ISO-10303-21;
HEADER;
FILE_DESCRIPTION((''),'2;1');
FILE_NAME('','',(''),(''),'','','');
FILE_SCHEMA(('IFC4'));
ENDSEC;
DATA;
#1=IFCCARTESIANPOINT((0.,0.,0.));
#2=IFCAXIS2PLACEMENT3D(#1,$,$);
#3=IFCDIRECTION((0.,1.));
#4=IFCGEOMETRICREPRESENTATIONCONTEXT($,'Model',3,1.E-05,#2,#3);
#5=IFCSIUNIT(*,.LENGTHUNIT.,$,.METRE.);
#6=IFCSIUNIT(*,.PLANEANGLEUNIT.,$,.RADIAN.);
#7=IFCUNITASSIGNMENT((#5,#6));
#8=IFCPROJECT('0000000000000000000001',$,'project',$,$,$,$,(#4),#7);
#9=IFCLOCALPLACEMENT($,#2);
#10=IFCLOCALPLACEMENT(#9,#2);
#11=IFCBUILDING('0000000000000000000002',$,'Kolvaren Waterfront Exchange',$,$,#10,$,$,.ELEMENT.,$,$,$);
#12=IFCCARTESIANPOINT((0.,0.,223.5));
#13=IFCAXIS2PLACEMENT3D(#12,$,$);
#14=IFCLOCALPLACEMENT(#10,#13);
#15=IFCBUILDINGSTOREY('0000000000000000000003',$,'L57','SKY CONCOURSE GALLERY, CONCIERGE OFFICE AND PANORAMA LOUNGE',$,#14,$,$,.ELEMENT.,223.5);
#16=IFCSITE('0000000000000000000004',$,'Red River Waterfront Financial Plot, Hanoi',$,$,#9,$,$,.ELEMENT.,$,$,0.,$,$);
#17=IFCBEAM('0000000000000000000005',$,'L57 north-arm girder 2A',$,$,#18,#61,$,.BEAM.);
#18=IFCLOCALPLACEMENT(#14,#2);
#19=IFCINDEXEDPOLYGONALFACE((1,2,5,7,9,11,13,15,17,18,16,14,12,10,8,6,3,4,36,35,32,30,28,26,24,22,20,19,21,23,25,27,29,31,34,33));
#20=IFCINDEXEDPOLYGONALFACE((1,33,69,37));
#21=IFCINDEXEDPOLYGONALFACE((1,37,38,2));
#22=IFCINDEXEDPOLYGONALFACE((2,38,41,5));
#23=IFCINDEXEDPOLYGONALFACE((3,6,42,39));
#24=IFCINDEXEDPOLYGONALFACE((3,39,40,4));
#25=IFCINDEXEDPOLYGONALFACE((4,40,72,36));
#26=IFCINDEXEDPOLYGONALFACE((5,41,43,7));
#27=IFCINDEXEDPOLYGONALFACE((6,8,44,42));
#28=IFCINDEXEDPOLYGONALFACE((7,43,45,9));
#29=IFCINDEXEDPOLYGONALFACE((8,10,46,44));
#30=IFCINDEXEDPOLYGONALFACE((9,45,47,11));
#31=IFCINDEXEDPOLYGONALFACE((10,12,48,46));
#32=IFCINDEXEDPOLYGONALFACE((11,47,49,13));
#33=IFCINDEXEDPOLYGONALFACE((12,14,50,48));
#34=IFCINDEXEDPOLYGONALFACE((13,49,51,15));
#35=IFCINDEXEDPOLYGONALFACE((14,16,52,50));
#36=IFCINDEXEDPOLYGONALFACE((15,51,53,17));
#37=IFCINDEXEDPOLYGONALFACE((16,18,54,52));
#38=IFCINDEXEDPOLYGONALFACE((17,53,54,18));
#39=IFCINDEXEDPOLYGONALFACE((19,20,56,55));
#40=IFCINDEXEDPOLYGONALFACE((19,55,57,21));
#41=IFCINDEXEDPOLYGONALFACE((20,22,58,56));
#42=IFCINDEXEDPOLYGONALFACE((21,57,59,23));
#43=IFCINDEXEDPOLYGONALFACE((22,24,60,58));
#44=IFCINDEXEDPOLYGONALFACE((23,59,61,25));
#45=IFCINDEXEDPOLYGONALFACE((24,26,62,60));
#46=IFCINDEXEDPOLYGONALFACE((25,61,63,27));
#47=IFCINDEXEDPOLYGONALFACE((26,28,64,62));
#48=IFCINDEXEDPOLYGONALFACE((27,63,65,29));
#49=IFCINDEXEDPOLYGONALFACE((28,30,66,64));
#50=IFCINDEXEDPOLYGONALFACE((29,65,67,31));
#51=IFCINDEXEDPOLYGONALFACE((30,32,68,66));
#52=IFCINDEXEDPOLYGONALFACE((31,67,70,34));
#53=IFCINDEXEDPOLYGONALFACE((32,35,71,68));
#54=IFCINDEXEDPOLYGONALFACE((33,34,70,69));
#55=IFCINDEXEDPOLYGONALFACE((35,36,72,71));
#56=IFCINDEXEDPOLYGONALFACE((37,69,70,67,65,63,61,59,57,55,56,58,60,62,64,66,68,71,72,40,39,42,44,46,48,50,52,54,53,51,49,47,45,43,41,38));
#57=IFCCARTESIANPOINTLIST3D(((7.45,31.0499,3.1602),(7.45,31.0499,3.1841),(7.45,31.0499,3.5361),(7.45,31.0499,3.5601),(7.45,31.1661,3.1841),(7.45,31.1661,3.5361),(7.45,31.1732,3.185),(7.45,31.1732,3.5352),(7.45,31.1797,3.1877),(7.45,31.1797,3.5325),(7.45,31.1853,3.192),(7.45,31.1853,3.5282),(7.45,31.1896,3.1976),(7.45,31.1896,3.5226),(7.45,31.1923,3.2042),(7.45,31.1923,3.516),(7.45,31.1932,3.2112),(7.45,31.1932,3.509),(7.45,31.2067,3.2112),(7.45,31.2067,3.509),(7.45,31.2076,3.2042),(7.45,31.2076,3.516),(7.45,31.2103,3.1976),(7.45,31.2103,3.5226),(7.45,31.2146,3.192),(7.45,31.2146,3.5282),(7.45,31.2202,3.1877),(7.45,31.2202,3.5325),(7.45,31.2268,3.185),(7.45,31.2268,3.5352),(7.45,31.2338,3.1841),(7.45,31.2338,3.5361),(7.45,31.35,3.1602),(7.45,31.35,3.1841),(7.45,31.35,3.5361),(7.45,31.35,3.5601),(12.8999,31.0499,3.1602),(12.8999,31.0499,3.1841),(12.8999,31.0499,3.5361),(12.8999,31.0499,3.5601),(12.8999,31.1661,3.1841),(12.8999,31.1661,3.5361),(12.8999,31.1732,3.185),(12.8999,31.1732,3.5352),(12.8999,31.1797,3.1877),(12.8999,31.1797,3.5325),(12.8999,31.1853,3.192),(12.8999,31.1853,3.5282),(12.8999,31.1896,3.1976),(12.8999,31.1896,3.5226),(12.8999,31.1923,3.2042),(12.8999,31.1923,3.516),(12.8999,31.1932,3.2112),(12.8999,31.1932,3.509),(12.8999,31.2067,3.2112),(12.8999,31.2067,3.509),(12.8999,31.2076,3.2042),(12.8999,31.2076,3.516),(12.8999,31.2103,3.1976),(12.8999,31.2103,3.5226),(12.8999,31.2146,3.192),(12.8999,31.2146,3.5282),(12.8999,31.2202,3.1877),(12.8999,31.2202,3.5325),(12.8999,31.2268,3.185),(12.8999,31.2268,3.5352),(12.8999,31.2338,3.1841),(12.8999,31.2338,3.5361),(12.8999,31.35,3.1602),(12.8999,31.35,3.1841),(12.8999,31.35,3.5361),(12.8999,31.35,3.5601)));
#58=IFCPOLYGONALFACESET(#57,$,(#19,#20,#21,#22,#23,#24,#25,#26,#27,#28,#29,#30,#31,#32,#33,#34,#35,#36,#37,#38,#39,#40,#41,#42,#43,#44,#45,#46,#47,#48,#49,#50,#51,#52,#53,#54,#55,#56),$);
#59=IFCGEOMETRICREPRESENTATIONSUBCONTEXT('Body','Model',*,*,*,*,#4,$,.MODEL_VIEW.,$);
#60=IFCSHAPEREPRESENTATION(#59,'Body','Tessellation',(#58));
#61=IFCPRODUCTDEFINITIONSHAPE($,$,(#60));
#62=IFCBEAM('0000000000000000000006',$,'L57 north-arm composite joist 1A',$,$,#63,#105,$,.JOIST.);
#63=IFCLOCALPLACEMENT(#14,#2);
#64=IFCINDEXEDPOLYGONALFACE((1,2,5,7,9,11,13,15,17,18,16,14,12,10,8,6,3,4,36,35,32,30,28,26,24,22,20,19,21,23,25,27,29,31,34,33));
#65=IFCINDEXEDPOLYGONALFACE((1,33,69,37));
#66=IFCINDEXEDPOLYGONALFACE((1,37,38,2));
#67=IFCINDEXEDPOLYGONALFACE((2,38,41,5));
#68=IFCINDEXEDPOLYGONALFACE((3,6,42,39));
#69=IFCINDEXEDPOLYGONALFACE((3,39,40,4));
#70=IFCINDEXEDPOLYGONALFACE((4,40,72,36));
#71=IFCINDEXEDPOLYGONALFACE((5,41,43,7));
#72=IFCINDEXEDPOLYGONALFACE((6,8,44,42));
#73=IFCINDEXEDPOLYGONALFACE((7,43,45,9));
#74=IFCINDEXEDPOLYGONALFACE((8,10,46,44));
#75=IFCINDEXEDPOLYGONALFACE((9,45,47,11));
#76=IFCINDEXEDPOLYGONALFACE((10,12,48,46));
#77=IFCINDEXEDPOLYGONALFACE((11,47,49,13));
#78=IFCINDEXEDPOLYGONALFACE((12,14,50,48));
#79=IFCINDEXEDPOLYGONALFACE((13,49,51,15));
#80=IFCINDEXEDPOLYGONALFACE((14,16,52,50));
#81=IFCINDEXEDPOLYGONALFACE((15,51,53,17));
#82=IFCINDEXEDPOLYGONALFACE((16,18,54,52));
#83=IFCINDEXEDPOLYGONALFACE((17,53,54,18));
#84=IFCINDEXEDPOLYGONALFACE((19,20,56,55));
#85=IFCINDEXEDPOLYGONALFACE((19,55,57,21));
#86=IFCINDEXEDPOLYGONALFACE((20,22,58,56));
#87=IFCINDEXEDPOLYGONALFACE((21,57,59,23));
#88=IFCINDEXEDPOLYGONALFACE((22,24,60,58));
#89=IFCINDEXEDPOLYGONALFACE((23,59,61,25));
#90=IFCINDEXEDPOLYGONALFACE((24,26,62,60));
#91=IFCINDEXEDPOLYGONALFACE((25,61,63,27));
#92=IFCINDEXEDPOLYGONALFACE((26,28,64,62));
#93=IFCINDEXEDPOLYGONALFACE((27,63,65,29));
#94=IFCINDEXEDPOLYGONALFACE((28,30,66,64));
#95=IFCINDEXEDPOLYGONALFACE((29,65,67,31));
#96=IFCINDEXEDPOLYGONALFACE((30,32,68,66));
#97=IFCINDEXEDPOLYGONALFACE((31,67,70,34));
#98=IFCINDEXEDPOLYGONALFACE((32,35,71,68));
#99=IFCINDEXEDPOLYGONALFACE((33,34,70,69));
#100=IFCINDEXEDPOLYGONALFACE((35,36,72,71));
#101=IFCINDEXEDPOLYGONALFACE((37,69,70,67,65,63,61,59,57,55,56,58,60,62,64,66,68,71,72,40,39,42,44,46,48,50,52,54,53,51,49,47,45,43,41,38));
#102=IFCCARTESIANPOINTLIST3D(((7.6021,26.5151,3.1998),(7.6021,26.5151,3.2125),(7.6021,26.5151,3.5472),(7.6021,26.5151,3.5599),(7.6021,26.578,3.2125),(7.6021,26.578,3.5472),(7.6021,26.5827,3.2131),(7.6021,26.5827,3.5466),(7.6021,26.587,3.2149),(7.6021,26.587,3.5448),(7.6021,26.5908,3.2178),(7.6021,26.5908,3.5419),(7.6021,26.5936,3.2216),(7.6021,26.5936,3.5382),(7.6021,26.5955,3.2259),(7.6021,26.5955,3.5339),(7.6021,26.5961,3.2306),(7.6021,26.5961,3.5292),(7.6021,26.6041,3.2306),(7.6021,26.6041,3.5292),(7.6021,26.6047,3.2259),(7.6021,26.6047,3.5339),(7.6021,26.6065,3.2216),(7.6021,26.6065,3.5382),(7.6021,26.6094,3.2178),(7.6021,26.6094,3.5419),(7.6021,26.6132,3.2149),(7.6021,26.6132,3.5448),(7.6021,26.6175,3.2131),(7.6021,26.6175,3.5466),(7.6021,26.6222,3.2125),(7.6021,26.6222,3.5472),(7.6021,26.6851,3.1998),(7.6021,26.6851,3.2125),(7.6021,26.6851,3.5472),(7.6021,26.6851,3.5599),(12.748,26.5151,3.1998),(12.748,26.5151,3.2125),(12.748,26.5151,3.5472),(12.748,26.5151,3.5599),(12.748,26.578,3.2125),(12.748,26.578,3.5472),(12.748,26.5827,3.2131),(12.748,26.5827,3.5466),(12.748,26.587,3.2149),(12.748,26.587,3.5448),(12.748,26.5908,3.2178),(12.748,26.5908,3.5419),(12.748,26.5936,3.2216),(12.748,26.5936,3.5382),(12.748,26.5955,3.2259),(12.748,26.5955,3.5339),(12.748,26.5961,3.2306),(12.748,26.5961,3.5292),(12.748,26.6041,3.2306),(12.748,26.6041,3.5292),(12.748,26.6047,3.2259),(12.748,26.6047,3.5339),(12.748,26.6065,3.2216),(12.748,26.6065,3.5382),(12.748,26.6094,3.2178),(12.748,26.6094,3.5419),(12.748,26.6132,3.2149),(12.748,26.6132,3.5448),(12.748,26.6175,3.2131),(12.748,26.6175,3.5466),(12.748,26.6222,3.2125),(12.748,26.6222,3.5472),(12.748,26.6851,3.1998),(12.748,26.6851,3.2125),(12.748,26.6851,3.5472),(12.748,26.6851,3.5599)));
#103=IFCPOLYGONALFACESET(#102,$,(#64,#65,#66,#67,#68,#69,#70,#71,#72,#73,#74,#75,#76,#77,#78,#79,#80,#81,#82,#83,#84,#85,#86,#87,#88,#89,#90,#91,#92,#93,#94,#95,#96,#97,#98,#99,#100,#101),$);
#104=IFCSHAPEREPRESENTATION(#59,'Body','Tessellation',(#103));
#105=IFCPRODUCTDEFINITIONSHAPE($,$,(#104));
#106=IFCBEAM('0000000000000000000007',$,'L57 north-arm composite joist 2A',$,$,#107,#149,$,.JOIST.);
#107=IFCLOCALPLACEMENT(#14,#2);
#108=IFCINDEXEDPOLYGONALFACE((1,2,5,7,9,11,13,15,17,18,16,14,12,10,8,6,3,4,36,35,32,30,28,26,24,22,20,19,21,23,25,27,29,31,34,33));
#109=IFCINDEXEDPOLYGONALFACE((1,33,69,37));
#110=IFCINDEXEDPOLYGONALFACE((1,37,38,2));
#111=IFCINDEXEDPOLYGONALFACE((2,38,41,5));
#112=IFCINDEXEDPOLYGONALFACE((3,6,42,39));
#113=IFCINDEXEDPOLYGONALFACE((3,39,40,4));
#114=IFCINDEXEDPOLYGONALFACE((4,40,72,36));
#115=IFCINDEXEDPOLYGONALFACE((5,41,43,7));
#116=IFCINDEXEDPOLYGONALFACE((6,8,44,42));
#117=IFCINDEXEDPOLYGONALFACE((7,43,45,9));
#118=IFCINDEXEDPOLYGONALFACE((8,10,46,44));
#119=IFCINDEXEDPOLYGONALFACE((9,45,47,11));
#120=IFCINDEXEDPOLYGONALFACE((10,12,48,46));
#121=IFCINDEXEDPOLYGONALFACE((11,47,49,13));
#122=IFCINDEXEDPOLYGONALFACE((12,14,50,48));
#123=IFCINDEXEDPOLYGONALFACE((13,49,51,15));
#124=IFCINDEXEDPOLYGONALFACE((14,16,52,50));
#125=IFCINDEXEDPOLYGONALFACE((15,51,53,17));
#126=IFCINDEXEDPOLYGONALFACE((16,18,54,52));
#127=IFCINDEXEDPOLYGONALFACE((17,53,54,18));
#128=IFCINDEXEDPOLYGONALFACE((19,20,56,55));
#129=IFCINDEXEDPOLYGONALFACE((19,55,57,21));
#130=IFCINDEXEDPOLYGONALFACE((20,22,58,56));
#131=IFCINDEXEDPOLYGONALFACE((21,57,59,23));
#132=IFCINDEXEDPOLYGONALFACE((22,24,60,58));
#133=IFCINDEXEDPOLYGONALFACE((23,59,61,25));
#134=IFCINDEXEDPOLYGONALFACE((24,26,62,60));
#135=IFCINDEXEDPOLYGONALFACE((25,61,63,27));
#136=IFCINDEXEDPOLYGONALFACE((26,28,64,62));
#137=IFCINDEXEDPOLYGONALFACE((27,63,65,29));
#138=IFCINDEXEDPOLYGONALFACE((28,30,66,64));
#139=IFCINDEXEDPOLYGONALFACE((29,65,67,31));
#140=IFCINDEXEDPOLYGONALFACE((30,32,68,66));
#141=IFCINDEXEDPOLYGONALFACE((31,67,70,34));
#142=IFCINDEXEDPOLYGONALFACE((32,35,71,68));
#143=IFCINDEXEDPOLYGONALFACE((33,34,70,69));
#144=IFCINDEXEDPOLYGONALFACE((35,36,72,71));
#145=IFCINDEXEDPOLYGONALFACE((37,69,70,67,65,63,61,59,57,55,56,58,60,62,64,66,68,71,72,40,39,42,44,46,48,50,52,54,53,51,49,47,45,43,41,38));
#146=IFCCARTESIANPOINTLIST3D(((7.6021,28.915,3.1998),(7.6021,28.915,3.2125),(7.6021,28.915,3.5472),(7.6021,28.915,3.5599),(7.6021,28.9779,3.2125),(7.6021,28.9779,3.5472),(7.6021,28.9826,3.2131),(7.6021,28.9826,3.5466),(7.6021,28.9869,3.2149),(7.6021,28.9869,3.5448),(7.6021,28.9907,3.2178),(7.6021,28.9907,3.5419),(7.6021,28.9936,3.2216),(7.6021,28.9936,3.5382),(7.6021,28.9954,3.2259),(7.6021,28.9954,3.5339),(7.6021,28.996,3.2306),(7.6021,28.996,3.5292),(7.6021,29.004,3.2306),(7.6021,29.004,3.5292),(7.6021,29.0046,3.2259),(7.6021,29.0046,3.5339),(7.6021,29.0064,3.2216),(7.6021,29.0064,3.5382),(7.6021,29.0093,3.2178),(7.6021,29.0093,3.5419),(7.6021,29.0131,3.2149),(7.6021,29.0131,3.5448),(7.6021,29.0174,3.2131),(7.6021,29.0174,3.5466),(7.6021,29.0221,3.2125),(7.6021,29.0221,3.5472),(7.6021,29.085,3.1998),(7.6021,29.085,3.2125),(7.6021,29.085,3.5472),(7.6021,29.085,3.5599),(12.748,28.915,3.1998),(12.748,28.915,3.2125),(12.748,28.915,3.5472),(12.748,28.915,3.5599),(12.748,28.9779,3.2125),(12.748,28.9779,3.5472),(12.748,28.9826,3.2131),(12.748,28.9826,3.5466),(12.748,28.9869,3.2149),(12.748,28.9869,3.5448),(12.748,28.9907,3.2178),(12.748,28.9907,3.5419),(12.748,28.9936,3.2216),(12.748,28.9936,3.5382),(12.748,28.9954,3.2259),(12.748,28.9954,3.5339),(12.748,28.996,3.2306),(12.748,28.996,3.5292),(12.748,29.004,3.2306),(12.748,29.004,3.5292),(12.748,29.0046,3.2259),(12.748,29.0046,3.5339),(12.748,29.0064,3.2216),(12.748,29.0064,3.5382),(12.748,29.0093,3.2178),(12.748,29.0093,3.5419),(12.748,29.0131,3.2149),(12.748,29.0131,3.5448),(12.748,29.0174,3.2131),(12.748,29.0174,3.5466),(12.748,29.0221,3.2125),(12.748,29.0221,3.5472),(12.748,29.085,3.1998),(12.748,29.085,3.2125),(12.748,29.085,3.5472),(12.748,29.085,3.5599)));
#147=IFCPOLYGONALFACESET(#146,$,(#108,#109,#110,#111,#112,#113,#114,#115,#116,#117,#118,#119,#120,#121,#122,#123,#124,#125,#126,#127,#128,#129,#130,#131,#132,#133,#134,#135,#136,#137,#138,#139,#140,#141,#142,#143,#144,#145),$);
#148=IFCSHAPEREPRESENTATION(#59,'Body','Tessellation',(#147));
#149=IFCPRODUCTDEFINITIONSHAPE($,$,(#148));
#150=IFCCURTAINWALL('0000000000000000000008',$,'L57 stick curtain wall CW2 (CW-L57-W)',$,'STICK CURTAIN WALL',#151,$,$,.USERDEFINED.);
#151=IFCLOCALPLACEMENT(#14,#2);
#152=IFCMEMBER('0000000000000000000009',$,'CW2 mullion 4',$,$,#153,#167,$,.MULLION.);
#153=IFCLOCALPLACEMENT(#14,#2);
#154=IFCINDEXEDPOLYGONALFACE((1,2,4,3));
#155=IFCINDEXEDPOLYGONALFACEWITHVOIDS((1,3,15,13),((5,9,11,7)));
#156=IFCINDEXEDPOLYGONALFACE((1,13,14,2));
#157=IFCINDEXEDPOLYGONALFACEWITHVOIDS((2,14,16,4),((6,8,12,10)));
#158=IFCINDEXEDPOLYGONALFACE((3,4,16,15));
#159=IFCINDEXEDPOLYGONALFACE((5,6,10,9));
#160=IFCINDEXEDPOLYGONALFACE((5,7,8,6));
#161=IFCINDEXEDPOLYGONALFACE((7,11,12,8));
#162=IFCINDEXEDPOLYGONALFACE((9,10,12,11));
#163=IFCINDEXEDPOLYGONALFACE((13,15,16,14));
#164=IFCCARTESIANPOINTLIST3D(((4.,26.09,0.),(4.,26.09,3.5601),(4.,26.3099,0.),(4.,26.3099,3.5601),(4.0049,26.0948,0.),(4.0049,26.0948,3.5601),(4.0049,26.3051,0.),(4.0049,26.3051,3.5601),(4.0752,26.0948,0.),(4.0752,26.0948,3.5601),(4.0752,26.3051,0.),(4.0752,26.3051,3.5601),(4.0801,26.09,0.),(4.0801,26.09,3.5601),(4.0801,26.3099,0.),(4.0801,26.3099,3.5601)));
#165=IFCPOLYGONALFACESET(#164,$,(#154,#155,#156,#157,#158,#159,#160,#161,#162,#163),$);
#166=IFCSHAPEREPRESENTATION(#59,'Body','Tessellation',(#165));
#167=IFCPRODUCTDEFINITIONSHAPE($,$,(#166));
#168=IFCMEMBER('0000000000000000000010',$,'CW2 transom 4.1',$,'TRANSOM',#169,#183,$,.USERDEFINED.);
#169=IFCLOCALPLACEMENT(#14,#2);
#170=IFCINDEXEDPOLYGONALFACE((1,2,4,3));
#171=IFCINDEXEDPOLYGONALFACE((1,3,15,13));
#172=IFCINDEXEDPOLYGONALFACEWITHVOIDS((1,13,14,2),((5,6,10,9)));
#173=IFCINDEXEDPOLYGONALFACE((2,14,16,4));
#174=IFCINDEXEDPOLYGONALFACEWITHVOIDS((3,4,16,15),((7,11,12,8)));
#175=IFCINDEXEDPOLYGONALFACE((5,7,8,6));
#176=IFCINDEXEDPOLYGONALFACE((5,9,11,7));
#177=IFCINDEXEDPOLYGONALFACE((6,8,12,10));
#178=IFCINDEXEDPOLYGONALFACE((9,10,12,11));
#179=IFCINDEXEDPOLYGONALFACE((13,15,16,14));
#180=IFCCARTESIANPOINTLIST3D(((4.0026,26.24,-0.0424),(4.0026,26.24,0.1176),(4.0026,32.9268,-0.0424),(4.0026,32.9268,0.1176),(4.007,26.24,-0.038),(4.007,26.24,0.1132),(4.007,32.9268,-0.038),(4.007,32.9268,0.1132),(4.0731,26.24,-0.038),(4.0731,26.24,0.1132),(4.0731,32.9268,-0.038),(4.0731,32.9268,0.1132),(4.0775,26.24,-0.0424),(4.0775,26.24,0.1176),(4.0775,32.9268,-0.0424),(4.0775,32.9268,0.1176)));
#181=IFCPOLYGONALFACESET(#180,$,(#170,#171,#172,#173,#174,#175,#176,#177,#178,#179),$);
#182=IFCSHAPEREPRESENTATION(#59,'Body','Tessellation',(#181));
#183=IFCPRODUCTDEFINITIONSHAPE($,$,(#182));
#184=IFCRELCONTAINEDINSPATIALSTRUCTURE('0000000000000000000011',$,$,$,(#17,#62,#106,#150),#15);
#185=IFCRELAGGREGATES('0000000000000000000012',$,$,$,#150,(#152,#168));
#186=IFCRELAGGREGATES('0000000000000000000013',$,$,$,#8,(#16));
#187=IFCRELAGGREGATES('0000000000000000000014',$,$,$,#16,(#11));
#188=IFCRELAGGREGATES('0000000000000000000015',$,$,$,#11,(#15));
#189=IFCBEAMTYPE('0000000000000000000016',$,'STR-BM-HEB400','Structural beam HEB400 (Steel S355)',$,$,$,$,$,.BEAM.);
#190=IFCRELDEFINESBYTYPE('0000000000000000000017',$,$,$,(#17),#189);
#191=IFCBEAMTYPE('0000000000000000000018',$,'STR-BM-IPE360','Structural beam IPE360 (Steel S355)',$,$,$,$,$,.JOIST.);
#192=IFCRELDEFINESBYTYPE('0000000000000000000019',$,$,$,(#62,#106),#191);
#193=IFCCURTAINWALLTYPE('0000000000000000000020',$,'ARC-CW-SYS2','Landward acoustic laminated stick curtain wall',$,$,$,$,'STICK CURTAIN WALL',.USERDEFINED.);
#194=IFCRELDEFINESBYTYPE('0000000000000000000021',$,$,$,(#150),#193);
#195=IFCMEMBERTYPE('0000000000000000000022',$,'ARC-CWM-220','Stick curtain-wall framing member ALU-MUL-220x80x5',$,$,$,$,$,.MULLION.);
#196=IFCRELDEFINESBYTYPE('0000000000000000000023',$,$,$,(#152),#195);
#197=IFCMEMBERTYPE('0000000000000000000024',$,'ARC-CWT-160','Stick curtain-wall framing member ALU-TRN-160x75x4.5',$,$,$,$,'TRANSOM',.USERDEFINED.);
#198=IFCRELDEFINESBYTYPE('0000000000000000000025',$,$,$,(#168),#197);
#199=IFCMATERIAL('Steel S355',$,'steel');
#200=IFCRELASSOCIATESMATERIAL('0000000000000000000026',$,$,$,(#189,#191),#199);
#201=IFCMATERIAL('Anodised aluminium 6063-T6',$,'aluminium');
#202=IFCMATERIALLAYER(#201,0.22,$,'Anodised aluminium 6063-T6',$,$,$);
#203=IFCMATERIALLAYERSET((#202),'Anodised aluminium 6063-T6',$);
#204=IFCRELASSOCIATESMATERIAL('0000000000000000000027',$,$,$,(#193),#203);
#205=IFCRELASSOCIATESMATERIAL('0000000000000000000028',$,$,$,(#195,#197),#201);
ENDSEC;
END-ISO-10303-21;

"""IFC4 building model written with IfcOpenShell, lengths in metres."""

from ifc_helpers import new_model, si_unit, direction, frame, origin, origin_with_axes, origin_2d, place, context, subcontext, project, spatial, hollow_rectangle, i_section, extrude, source, transform, mapped, material, layer, layer_set, material_profile, profile_set, type_object, element, aggregate, save


model = new_model("IFC4")

# Units and contexts
model_context = context("Model", 3, precision=1e-05, world=origin(), true_north=direction((0.0, 1.0)))
body_context = subcontext(model_context, "Body", "Model", "MODEL_VIEW")
ifc_project = project(units=[si_unit("LENGTHUNIT", "METRE"), si_unit("PLANEANGLEUNIT", "RADIAN")], contexts=[model_context])

# Site, building, storey
site_placement = place(None, origin())
site = spatial("IfcSite", under=ifc_project, at=site_placement, Name="Red River Waterfront Financial Plot, Hanoi", CompositionType="ELEMENT", RefElevation=0.0)
building_placement = place(site_placement, origin())
building = spatial("IfcBuilding", under=site, at=building_placement, Name="Kolvaren Waterfront Exchange", CompositionType="ELEMENT")
storey_placement = place(building_placement, frame((0.0, 0.0, 223.5)))
storey = spatial("IfcBuildingStorey", under=building, at=storey_placement, Name="L57", Description="SKY CONCOURSE GALLERY, CONCIERGE OFFICE AND PANORAMA LOUNGE", CompositionType="ELEMENT", Elevation=223.5)

# Beams
ifc_material_1 = material(Name="Steel S355", Category="steel")
ifc_material_profile_1 = material_profile(ifc_material_1, i_section(OverallWidth=0.3, OverallDepth=0.3999, WebThickness=0.0134, FlangeThickness=0.0239, FilletRadius=0.0271, at=origin_2d()), Name="HEB400")
ifc_profile_set_1 = profile_set([ifc_material_profile_1], Name="Steel S355")
beam_type_1 = type_object("IfcBeamType", Name="STR-BM-HEB400", Description="Structural beam HEB400 (Steel S355)", PredefinedType="BEAM", material=ifc_profile_set_1)
for number, where, z_axis, x_axis, name in (
    (1, (7.45, 31.2, 3.3601), (1.0, 0.0, 0.0), (0.0, 1.0, 0.0), "L57 north-arm girder 2A"),
):
    element("IfcBeam", number, at=place(storey_placement, frame(where, z_axis=z_axis, x_axis=x_axis)), inside=storey, type_object=beam_type_1, Name=name, PredefinedType="BEAM", context=body_context, shape_type="SweptSolid", body=[
        extrude(i_section(OverallWidth=0.3, OverallDepth=0.3999, WebThickness=0.0134, FlangeThickness=0.0239, FilletRadius=0.0271, at=origin_2d()), origin(), (0.0, 0.0, 1.0), 5.45),
    ])
ifc_material_profile_2 = material_profile(ifc_material_1, i_section(OverallWidth=0.1699, OverallDepth=0.3601, WebThickness=0.0081, FlangeThickness=0.0127, FilletRadius=0.0181, at=origin_2d()), Name="IPE360")
ifc_profile_set_2 = profile_set([ifc_material_profile_2], Name="Steel S355")
beam_type_2 = type_object("IfcBeamType", Name="STR-BM-IPE360", Description="Structural beam IPE360 (Steel S355)", PredefinedType="JOIST", material=ifc_profile_set_2)
for number, where, z_axis, x_axis, name in (
    (2, (7.6021, 26.6001, 3.3799), (1.0, 0.0, 0.0), (0.0, 1.0, 0.0), "L57 north-arm composite joist 1A"),
    (3, (7.6021, 29.0, 3.3799), (1.0, 0.0, 0.0), (0.0, 1.0, 0.0), "L57 north-arm composite joist 2A"),
):
    element("IfcBeam", number, at=place(storey_placement, frame(where, z_axis=z_axis, x_axis=x_axis)), inside=storey, type_object=beam_type_2, Name=name, PredefinedType="JOIST", context=body_context, shape_type="SweptSolid", body=[
        extrude(i_section(OverallWidth=0.1699, OverallDepth=0.3601, WebThickness=0.0081, FlangeThickness=0.0127, FilletRadius=0.0181, at=origin_2d()), origin(), (0.0, 0.0, 1.0), 5.146),
    ])

# Curtain wall, members
ifc_material_2 = material(Name="Anodised aluminium 6063-T6", Category="aluminium")
ifc_layer_1 = layer(ifc_material_2, 0.22, Name="Anodised aluminium 6063-T6")
ifc_layer_set_1 = layer_set([ifc_layer_1], Name="Anodised aluminium 6063-T6")
curtain_wall_type = type_object("IfcCurtainWallType", Name="ARC-CW-SYS2", Description="Landward acoustic laminated stick curtain wall", ElementType="STICK CURTAIN WALL", PredefinedType="USERDEFINED", material=ifc_layer_set_1)
curtain_wall_placement = place(storey_placement, origin())
curtain_wall = element("IfcCurtainWall", 4, at=curtain_wall_placement, inside=storey, type_object=curtain_wall_type, Name="L57 stick curtain wall CW2 (CW-L57-W)", ObjectType="STICK CURTAIN WALL", PredefinedType="USERDEFINED")
ifc_material_profile_3 = material_profile(ifc_material_2, hollow_rectangle(XDim=0.0801, YDim=0.22, WallThickness=0.0049, at=origin_2d()), Name="ALU-MUL-220x80x5")
ifc_profile_set_3 = profile_set([ifc_material_profile_3], Name="Anodised aluminium 6063-T6")
member_type_1 = type_object("IfcMemberType", Name="ARC-CWM-220", Description="Stick curtain-wall framing member ALU-MUL-220x80x5", PredefinedType="MULLION", material=ifc_profile_set_3)
shared_shape_1 = source(origin_with_axes(), body_context, "Body", "SweptSolid", [
    extrude(hollow_rectangle(XDim=0.0801, YDim=0.22, WallThickness=0.0049, at=origin_2d()), origin(), (0.0, 0.0, 1.0), 3.5601),
])
member_1_placement = place(storey_placement, frame((4.04, 26.2, 0.0), z_axis=(0.0, 0.0, 1.0), x_axis=(-1.0, 0.0, 0.0)))
member_1 = element("IfcMember", 5, at=member_1_placement, type_object=member_type_1, Name="CW2 mullion 4", PredefinedType="MULLION", context=body_context, shape_type="MappedRepresentation", body=[
    mapped(shared_shape_1, transform((0.0, 0.0, 0.0), x_axis=(1.0, 0.0, 0.0), y_axis=(0.0, 1.0, 0.0), z_axis=(0.0, 0.0, 1.0), scale=1.0)),
])
ifc_material_profile_4 = material_profile(ifc_material_2, hollow_rectangle(XDim=0.075, YDim=0.1599, WallThickness=0.0044, at=origin_2d()), Name="ALU-TRN-160x75x4.5")
ifc_profile_set_4 = profile_set([ifc_material_profile_4], Name="Anodised aluminium 6063-T6")
member_type_2 = type_object("IfcMemberType", Name="ARC-CWT-160", Description="Stick curtain-wall framing member ALU-TRN-160x75x4.5", ElementType="TRANSOM", PredefinedType="USERDEFINED", material=ifc_profile_set_4)
shared_shape_2 = source(origin_with_axes(), body_context, "Body", "SweptSolid", [
    extrude(hollow_rectangle(XDim=0.075, YDim=0.1599, WallThickness=0.0044, at=origin_2d()), origin(), (0.0, 0.0, 1.0), 6.6868),
])
member_2_placement = place(storey_placement, frame((4.04, 26.24, 0.0376), z_axis=(0.0, 1.0, 0.0), x_axis=(-1.0, 0.0, 0.0)))
member_2 = element("IfcMember", 6, at=member_2_placement, type_object=member_type_2, Name="CW2 transom 4.1", ObjectType="TRANSOM", PredefinedType="USERDEFINED", context=body_context, shape_type="MappedRepresentation", body=[
    mapped(shared_shape_2, transform((0.0, 0.0, 0.0), x_axis=(1.0, 0.0, 0.0), y_axis=(0.0, 1.0, 0.0), z_axis=(0.0, 0.0, 1.0), scale=1.0)),
])
aggregate(curtain_wall, [member_1, member_2])

save(model, "model.ifc")
